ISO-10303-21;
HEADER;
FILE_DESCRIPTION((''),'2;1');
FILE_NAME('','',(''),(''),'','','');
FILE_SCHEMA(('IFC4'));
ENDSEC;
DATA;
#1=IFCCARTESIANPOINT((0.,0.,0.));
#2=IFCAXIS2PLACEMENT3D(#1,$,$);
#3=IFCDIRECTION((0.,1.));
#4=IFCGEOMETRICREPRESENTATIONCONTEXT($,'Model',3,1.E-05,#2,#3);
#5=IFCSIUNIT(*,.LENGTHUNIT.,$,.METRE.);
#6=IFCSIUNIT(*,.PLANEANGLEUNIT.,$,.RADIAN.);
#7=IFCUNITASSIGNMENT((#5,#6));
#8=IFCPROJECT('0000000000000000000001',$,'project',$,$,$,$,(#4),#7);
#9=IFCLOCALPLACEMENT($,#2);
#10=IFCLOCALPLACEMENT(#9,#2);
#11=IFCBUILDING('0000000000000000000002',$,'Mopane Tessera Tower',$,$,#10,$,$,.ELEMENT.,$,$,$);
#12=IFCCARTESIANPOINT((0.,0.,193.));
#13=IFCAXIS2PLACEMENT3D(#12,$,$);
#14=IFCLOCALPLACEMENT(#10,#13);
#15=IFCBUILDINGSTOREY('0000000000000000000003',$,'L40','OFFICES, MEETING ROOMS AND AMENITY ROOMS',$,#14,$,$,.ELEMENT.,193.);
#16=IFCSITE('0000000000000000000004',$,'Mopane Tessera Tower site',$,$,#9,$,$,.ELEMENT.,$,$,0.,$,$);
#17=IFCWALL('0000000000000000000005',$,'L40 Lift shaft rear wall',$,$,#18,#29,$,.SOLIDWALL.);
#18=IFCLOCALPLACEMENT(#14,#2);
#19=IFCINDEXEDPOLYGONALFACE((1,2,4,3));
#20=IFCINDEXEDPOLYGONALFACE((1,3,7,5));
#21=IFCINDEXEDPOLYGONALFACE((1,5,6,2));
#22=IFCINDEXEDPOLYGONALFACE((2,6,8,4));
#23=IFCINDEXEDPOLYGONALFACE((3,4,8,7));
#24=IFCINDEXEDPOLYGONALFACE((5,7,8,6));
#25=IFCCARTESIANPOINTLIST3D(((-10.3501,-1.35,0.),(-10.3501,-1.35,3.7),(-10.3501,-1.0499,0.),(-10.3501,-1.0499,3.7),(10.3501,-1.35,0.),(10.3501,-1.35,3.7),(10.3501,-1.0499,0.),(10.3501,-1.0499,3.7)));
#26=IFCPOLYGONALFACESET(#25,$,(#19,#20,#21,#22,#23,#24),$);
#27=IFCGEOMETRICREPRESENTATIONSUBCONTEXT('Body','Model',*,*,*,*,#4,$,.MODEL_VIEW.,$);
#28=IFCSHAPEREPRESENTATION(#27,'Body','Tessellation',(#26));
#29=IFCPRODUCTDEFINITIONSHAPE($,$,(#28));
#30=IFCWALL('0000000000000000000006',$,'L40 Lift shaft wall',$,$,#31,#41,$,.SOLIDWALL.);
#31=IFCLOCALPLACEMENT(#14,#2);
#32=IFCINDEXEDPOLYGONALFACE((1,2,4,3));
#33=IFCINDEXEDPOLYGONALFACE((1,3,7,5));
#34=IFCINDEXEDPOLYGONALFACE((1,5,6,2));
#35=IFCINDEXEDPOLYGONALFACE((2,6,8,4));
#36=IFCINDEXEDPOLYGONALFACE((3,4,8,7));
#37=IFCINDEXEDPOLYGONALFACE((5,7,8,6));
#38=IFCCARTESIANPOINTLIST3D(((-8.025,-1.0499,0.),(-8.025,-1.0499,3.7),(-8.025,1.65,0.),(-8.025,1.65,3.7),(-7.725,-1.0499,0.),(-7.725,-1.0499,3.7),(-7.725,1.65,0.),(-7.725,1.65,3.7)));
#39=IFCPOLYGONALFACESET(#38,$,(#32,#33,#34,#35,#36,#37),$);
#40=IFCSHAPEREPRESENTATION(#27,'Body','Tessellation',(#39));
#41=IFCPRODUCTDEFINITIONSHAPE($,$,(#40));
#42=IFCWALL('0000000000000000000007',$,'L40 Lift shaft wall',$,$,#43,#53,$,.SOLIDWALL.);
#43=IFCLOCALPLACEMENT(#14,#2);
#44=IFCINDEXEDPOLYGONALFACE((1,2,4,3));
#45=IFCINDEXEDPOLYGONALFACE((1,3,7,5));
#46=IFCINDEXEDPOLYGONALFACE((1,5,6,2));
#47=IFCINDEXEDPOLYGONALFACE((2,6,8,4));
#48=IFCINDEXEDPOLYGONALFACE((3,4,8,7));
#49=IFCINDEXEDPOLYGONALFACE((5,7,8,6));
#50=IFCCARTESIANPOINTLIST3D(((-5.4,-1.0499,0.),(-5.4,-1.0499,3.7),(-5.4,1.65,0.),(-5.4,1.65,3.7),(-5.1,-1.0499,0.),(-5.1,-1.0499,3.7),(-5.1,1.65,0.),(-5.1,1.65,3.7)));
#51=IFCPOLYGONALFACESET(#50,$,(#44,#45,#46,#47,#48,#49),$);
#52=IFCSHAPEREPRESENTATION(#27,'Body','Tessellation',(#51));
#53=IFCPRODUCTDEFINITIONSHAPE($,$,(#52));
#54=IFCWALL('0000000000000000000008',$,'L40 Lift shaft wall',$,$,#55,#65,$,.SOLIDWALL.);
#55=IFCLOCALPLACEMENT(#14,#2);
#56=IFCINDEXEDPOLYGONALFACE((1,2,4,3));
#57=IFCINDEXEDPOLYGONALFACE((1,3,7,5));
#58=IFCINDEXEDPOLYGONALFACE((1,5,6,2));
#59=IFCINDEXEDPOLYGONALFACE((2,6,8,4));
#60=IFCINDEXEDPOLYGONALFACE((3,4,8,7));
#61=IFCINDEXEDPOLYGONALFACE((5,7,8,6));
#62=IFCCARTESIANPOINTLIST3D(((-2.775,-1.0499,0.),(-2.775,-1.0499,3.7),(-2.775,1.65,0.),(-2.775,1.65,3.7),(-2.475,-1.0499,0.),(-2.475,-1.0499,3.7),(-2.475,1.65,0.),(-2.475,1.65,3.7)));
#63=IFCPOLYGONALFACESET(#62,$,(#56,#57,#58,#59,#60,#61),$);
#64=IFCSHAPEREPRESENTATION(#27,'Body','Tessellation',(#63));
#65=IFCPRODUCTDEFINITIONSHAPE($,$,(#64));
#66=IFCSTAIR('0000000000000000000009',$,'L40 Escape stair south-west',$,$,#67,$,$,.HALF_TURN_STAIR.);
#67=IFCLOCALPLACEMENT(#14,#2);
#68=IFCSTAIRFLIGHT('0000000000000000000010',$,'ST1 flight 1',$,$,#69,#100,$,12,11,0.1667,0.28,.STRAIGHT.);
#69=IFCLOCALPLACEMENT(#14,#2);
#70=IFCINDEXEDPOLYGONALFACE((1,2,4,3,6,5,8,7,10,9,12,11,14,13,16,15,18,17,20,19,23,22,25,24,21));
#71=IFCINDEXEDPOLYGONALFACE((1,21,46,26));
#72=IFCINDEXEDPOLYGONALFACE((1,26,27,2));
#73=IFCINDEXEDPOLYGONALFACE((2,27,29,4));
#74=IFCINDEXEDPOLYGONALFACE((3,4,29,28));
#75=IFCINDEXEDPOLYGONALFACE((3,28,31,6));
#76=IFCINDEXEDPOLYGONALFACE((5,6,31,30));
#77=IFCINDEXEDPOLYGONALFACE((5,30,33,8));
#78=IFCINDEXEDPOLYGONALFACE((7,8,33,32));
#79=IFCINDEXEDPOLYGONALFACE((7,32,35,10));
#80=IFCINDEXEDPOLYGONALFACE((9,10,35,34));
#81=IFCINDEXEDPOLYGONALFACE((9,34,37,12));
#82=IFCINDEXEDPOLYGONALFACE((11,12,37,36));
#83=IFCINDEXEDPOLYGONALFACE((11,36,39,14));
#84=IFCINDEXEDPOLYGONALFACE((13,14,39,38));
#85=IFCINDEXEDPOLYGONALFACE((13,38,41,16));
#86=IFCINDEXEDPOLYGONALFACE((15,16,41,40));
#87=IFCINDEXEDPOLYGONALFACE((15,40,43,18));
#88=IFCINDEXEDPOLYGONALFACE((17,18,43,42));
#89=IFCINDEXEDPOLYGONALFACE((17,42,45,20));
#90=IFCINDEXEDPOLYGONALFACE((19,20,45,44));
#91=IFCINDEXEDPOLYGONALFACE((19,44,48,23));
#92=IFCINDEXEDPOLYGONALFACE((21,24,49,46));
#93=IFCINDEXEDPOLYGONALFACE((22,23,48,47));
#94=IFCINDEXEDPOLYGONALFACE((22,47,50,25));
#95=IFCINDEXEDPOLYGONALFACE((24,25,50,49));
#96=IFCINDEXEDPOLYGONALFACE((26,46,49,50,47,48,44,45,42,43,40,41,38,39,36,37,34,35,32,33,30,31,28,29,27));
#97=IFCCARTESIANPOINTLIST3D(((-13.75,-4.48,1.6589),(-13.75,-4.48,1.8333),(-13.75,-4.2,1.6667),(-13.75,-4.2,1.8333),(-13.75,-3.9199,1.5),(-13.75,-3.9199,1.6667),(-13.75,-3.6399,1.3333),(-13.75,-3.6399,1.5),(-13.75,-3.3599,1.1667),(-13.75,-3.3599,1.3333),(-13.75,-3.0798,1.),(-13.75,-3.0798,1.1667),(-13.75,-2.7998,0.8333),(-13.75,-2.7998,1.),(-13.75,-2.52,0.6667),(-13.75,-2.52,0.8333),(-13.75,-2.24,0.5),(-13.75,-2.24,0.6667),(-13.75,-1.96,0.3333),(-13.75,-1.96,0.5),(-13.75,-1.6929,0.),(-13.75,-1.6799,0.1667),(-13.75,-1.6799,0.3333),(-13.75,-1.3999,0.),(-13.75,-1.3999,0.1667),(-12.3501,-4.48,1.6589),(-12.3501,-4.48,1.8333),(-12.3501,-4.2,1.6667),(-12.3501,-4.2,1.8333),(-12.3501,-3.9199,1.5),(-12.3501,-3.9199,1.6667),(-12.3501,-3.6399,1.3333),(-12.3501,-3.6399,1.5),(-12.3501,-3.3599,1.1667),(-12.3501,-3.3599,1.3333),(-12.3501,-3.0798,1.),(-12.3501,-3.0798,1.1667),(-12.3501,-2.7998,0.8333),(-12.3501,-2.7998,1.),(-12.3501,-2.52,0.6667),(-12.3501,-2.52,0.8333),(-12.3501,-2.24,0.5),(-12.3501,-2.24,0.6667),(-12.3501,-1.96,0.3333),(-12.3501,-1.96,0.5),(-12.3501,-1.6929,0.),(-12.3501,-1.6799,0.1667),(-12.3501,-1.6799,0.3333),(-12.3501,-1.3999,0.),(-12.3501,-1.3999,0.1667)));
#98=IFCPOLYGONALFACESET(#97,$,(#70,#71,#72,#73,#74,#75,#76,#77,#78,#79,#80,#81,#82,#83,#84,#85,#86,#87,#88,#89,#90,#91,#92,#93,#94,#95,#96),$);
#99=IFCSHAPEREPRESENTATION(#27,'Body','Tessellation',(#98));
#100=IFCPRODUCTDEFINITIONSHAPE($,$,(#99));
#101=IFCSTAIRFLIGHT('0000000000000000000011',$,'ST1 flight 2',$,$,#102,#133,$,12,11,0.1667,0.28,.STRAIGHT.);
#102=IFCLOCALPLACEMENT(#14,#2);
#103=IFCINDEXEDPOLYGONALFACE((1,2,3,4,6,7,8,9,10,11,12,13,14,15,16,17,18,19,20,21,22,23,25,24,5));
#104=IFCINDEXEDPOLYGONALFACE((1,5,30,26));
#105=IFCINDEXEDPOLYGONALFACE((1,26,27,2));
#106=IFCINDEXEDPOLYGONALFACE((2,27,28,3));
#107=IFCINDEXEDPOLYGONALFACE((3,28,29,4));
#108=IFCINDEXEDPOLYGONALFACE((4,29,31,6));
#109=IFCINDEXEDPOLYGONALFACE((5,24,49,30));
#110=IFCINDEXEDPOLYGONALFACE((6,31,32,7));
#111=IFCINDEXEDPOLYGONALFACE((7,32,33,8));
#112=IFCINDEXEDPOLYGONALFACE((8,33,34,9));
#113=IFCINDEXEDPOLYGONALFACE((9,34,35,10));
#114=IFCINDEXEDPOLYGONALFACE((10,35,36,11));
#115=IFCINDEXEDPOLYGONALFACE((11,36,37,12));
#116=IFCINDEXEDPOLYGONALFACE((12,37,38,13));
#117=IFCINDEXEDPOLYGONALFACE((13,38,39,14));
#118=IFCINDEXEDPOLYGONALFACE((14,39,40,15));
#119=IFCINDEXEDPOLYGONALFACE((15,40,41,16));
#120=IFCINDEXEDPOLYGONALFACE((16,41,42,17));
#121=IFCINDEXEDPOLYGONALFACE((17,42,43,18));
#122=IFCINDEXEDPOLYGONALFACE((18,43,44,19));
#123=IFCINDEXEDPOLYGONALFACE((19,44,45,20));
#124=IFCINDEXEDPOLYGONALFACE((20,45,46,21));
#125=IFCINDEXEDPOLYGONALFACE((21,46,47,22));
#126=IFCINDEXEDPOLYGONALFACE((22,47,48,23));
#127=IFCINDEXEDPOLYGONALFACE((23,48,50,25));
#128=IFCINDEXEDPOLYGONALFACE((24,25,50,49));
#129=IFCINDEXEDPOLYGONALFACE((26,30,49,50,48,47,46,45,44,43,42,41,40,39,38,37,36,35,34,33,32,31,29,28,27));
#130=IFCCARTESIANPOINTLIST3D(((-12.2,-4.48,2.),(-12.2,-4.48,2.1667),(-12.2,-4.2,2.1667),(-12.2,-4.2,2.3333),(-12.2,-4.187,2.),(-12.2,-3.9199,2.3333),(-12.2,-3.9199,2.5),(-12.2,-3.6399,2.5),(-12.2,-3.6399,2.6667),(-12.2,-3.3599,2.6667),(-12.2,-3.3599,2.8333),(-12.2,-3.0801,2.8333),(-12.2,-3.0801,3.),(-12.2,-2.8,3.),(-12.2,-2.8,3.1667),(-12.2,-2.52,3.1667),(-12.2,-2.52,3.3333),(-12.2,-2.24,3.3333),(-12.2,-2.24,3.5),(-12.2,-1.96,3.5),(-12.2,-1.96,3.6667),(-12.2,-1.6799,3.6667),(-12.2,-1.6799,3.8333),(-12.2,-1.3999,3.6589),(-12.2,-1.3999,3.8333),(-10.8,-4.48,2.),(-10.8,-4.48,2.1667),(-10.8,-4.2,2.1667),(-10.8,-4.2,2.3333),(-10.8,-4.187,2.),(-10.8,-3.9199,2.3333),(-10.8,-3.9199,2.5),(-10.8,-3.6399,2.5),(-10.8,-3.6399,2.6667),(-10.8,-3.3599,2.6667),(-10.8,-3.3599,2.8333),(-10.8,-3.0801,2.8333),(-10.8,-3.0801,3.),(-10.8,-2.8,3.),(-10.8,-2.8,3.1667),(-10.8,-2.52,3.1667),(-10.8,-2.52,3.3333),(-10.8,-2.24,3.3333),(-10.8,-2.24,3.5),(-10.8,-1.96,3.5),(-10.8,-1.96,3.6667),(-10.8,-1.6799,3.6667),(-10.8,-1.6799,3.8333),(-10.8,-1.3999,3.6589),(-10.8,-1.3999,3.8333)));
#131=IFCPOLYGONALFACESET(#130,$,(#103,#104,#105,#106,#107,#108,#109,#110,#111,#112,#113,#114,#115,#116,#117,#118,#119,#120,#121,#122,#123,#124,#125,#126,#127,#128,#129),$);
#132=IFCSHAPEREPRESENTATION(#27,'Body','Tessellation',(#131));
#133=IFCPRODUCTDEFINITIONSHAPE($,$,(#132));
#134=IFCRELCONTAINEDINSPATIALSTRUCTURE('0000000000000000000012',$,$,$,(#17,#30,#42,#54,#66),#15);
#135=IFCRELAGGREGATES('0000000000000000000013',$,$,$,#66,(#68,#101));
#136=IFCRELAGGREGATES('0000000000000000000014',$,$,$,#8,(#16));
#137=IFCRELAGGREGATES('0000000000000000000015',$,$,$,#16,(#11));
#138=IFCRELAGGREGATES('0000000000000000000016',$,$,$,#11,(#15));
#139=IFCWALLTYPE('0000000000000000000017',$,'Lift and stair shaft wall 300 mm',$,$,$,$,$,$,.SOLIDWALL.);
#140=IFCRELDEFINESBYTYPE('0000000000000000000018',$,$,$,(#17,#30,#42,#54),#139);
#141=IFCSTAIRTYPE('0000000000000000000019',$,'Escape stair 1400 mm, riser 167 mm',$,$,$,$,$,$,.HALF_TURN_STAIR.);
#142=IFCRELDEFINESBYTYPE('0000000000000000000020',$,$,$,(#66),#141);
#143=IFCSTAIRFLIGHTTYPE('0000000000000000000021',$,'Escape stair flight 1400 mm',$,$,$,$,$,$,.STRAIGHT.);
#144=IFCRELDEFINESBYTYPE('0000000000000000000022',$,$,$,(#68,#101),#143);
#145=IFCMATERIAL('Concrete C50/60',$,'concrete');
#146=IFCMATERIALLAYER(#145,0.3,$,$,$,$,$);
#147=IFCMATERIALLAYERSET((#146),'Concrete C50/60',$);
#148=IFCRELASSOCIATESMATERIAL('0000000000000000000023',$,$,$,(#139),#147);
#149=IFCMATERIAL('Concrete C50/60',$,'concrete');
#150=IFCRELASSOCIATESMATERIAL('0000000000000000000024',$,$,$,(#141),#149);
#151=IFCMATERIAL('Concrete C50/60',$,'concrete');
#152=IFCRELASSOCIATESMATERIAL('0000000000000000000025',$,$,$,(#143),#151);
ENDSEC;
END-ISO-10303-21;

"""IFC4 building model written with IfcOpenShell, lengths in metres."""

from ifc_helpers import new_model, si_unit, direction, frame, frame_2d, origin, place, context, subcontext, project, spatial, polyline, rectangle, outline, extrude, material, layer, layer_set, type_object, element, aggregate, save


model = new_model("IFC4")

# Units and contexts
model_context = context("Model", 3, precision=1e-05, world=origin(), true_north=direction((0.0, 1.0)))
body_context = subcontext(model_context, "Body", "Model", "MODEL_VIEW")
ifc_project = project(units=[si_unit("LENGTHUNIT", "METRE"), si_unit("PLANEANGLEUNIT", "RADIAN")], contexts=[model_context])

# Site, building, storey
site_placement = place(None, origin())
site = spatial("IfcSite", under=ifc_project, at=site_placement, Name="Mopane Tessera Tower site", CompositionType="ELEMENT", RefElevation=0.0)
building_placement = place(site_placement, origin())
building = spatial("IfcBuilding", under=site, at=building_placement, Name="Mopane Tessera Tower", CompositionType="ELEMENT")
storey_placement = place(building_placement, frame((0.0, 0.0, 193.0)))
storey = spatial("IfcBuildingStorey", under=building, at=storey_placement, Name="L40", Description="OFFICES, MEETING ROOMS AND AMENITY ROOMS", CompositionType="ELEMENT", Elevation=193.0)

# Shared definitions
ifc_material_1 = material(Name="Concrete C50/60", Category="concrete")
ifc_layer_1 = layer(ifc_material_1, 0.3)
ifc_layer_set_1 = layer_set([ifc_layer_1], Name="Concrete C50/60")
wall_type_1 = type_object("IfcWallType", Name="Lift and stair shaft wall 300 mm", PredefinedType="SOLIDWALL", material=ifc_layer_set_1)

# Walls
wall_1_placement = place(storey_placement, frame((-10.3501, -1.2, 0.0), z_axis=(0.0, 0.0, 1.0), x_axis=(1.0, 0.0, 0.0)))
element("IfcWall", 1, at=wall_1_placement, inside=storey, type_object=wall_type_1, Name="L40 Lift shaft rear wall", PredefinedType="SOLIDWALL", context=body_context, shape_type="SweptSolid", body=[
    extrude(rectangle(XDim=20.7002, YDim=0.3, at=frame_2d((10.3501, 0.0))), origin(), (0.0, 0.0, 1.0), 3.7),
])
for number, where, z_axis, x_axis, name in (
    (2, (-7.875, -1.05, 0.0), (0.0, 0.0, 1.0), (0.0, 1.0, 0.0), "L40 Lift shaft wall"),
    (3, (-5.25, -1.05, 0.0), (0.0, 0.0, 1.0), (0.0, 1.0, 0.0), "L40 Lift shaft wall"),
    (4, (-2.625, -1.05, 0.0), (0.0, 0.0, 1.0), (0.0, 1.0, 0.0), "L40 Lift shaft wall"),
):
    element("IfcWall", number, at=place(storey_placement, frame(where, z_axis=z_axis, x_axis=x_axis)), inside=storey, type_object=wall_type_1, Name=name, PredefinedType="SOLIDWALL", context=body_context, shape_type="SweptSolid", body=[
        extrude(rectangle(XDim=2.7, YDim=0.3, at=frame_2d((1.3501, 0.0))), origin(), (0.0, 0.0, 1.0), 3.7),
    ])

# Stair, stair flights
ifc_material_2 = material(Name="Concrete C50/60", Category="concrete")
stair_type = type_object("IfcStairType", Name="Escape stair 1400 mm, riser 167 mm", PredefinedType="HALF_TURN_STAIR", material=ifc_material_2)
stair_placement = place(storey_placement, origin())
stair = element("IfcStair", 5, at=stair_placement, inside=storey, type_object=stair_type, Name="L40 Escape stair south-west", PredefinedType="HALF_TURN_STAIR")
ifc_material_3 = material(Name="Concrete C50/60", Category="concrete")
stair_flight_type = type_object("IfcStairFlightType", Name="Escape stair flight 1400 mm", PredefinedType="STRAIGHT", material=ifc_material_3)
stair_flight_1_placement = place(storey_placement, frame((-13.05, -1.3999, 0.0), z_axis=(0.0, 0.0, 1.0), x_axis=(0.0, -1.0, 0.0)))
stair_flight_1 = element("IfcStairFlight", 6, at=stair_flight_1_placement, type_object=stair_flight_type, Name="ST1 flight 1", NumberOfRisers=12, NumberOfTreads=11, PredefinedType="STRAIGHT", RiserHeight=0.1667, TreadLength=0.28, context=body_context, shape_type="SweptSolid", body=[
    extrude(outline(polyline([(0.0, 0.0), (0.0, 0.1667), (0.28, 0.1667), (0.28, 0.3333), (0.5601, 0.3333), (0.5601, 0.5), (0.8401, 0.5), (0.8401, 0.6667), (1.1201, 0.6667), (1.1201, 0.8333), (1.3999, 0.8333), (1.3999, 1.0), (1.6799, 1.0), (1.6799, 1.1667), (1.96, 1.1667), (1.96, 1.3333), (2.24, 1.3333), (2.24, 1.5), (2.52, 1.5), (2.52, 1.6667), (2.8, 1.6667), (2.8, 1.8333), (3.0801, 1.8333), (3.0801, 2.0), (3.0801, 1.6589), (0.293, 0.0), (0.0, 0.0)])), frame((0.0, 0.7, 0.0), z_axis=(0.0, -1.0, 0.0), x_axis=(1.0, 0.0, 0.0)), (0.0, 0.0, 1.0), 1.3999),
])
stair_flight_2_placement = place(storey_placement, frame((-11.5, -4.48, 2.0), z_axis=(0.0, 0.0, 1.0), x_axis=(0.0, 1.0, 0.0)))
stair_flight_2 = element("IfcStairFlight", 7, at=stair_flight_2_placement, type_object=stair_flight_type, Name="ST1 flight 2", NumberOfRisers=12, NumberOfTreads=11, PredefinedType="STRAIGHT", RiserHeight=0.1667, TreadLength=0.28, context=body_context, shape_type="SweptSolid", body=[
    extrude(outline(polyline([(0.0, 0.0), (0.0, 0.1667), (0.28, 0.1667), (0.28, 0.3333), (0.5601, 0.3333), (0.5601, 0.5), (0.8401, 0.5), (0.8401, 0.6667), (1.1201, 0.6667), (1.1201, 0.8333), (1.3999, 0.8333), (1.3999, 1.0), (1.6799, 1.0), (1.6799, 1.1667), (1.96, 1.1667), (1.96, 1.3333), (2.24, 1.3333), (2.24, 1.5), (2.52, 1.5), (2.52, 1.6667), (2.8, 1.6667), (2.8, 1.8333), (3.0801, 1.8333), (3.0801, 2.0), (3.0801, 1.6589), (0.293, 0.0), (0.0, 0.0)])), frame((0.0, 0.7, 0.0), z_axis=(0.0, -1.0, 0.0), x_axis=(1.0, 0.0, 0.0)), (0.0, 0.0, 1.0), 1.3999),
])
aggregate(stair, [stair_flight_1, stair_flight_2])

save(model, "model.ifc")
